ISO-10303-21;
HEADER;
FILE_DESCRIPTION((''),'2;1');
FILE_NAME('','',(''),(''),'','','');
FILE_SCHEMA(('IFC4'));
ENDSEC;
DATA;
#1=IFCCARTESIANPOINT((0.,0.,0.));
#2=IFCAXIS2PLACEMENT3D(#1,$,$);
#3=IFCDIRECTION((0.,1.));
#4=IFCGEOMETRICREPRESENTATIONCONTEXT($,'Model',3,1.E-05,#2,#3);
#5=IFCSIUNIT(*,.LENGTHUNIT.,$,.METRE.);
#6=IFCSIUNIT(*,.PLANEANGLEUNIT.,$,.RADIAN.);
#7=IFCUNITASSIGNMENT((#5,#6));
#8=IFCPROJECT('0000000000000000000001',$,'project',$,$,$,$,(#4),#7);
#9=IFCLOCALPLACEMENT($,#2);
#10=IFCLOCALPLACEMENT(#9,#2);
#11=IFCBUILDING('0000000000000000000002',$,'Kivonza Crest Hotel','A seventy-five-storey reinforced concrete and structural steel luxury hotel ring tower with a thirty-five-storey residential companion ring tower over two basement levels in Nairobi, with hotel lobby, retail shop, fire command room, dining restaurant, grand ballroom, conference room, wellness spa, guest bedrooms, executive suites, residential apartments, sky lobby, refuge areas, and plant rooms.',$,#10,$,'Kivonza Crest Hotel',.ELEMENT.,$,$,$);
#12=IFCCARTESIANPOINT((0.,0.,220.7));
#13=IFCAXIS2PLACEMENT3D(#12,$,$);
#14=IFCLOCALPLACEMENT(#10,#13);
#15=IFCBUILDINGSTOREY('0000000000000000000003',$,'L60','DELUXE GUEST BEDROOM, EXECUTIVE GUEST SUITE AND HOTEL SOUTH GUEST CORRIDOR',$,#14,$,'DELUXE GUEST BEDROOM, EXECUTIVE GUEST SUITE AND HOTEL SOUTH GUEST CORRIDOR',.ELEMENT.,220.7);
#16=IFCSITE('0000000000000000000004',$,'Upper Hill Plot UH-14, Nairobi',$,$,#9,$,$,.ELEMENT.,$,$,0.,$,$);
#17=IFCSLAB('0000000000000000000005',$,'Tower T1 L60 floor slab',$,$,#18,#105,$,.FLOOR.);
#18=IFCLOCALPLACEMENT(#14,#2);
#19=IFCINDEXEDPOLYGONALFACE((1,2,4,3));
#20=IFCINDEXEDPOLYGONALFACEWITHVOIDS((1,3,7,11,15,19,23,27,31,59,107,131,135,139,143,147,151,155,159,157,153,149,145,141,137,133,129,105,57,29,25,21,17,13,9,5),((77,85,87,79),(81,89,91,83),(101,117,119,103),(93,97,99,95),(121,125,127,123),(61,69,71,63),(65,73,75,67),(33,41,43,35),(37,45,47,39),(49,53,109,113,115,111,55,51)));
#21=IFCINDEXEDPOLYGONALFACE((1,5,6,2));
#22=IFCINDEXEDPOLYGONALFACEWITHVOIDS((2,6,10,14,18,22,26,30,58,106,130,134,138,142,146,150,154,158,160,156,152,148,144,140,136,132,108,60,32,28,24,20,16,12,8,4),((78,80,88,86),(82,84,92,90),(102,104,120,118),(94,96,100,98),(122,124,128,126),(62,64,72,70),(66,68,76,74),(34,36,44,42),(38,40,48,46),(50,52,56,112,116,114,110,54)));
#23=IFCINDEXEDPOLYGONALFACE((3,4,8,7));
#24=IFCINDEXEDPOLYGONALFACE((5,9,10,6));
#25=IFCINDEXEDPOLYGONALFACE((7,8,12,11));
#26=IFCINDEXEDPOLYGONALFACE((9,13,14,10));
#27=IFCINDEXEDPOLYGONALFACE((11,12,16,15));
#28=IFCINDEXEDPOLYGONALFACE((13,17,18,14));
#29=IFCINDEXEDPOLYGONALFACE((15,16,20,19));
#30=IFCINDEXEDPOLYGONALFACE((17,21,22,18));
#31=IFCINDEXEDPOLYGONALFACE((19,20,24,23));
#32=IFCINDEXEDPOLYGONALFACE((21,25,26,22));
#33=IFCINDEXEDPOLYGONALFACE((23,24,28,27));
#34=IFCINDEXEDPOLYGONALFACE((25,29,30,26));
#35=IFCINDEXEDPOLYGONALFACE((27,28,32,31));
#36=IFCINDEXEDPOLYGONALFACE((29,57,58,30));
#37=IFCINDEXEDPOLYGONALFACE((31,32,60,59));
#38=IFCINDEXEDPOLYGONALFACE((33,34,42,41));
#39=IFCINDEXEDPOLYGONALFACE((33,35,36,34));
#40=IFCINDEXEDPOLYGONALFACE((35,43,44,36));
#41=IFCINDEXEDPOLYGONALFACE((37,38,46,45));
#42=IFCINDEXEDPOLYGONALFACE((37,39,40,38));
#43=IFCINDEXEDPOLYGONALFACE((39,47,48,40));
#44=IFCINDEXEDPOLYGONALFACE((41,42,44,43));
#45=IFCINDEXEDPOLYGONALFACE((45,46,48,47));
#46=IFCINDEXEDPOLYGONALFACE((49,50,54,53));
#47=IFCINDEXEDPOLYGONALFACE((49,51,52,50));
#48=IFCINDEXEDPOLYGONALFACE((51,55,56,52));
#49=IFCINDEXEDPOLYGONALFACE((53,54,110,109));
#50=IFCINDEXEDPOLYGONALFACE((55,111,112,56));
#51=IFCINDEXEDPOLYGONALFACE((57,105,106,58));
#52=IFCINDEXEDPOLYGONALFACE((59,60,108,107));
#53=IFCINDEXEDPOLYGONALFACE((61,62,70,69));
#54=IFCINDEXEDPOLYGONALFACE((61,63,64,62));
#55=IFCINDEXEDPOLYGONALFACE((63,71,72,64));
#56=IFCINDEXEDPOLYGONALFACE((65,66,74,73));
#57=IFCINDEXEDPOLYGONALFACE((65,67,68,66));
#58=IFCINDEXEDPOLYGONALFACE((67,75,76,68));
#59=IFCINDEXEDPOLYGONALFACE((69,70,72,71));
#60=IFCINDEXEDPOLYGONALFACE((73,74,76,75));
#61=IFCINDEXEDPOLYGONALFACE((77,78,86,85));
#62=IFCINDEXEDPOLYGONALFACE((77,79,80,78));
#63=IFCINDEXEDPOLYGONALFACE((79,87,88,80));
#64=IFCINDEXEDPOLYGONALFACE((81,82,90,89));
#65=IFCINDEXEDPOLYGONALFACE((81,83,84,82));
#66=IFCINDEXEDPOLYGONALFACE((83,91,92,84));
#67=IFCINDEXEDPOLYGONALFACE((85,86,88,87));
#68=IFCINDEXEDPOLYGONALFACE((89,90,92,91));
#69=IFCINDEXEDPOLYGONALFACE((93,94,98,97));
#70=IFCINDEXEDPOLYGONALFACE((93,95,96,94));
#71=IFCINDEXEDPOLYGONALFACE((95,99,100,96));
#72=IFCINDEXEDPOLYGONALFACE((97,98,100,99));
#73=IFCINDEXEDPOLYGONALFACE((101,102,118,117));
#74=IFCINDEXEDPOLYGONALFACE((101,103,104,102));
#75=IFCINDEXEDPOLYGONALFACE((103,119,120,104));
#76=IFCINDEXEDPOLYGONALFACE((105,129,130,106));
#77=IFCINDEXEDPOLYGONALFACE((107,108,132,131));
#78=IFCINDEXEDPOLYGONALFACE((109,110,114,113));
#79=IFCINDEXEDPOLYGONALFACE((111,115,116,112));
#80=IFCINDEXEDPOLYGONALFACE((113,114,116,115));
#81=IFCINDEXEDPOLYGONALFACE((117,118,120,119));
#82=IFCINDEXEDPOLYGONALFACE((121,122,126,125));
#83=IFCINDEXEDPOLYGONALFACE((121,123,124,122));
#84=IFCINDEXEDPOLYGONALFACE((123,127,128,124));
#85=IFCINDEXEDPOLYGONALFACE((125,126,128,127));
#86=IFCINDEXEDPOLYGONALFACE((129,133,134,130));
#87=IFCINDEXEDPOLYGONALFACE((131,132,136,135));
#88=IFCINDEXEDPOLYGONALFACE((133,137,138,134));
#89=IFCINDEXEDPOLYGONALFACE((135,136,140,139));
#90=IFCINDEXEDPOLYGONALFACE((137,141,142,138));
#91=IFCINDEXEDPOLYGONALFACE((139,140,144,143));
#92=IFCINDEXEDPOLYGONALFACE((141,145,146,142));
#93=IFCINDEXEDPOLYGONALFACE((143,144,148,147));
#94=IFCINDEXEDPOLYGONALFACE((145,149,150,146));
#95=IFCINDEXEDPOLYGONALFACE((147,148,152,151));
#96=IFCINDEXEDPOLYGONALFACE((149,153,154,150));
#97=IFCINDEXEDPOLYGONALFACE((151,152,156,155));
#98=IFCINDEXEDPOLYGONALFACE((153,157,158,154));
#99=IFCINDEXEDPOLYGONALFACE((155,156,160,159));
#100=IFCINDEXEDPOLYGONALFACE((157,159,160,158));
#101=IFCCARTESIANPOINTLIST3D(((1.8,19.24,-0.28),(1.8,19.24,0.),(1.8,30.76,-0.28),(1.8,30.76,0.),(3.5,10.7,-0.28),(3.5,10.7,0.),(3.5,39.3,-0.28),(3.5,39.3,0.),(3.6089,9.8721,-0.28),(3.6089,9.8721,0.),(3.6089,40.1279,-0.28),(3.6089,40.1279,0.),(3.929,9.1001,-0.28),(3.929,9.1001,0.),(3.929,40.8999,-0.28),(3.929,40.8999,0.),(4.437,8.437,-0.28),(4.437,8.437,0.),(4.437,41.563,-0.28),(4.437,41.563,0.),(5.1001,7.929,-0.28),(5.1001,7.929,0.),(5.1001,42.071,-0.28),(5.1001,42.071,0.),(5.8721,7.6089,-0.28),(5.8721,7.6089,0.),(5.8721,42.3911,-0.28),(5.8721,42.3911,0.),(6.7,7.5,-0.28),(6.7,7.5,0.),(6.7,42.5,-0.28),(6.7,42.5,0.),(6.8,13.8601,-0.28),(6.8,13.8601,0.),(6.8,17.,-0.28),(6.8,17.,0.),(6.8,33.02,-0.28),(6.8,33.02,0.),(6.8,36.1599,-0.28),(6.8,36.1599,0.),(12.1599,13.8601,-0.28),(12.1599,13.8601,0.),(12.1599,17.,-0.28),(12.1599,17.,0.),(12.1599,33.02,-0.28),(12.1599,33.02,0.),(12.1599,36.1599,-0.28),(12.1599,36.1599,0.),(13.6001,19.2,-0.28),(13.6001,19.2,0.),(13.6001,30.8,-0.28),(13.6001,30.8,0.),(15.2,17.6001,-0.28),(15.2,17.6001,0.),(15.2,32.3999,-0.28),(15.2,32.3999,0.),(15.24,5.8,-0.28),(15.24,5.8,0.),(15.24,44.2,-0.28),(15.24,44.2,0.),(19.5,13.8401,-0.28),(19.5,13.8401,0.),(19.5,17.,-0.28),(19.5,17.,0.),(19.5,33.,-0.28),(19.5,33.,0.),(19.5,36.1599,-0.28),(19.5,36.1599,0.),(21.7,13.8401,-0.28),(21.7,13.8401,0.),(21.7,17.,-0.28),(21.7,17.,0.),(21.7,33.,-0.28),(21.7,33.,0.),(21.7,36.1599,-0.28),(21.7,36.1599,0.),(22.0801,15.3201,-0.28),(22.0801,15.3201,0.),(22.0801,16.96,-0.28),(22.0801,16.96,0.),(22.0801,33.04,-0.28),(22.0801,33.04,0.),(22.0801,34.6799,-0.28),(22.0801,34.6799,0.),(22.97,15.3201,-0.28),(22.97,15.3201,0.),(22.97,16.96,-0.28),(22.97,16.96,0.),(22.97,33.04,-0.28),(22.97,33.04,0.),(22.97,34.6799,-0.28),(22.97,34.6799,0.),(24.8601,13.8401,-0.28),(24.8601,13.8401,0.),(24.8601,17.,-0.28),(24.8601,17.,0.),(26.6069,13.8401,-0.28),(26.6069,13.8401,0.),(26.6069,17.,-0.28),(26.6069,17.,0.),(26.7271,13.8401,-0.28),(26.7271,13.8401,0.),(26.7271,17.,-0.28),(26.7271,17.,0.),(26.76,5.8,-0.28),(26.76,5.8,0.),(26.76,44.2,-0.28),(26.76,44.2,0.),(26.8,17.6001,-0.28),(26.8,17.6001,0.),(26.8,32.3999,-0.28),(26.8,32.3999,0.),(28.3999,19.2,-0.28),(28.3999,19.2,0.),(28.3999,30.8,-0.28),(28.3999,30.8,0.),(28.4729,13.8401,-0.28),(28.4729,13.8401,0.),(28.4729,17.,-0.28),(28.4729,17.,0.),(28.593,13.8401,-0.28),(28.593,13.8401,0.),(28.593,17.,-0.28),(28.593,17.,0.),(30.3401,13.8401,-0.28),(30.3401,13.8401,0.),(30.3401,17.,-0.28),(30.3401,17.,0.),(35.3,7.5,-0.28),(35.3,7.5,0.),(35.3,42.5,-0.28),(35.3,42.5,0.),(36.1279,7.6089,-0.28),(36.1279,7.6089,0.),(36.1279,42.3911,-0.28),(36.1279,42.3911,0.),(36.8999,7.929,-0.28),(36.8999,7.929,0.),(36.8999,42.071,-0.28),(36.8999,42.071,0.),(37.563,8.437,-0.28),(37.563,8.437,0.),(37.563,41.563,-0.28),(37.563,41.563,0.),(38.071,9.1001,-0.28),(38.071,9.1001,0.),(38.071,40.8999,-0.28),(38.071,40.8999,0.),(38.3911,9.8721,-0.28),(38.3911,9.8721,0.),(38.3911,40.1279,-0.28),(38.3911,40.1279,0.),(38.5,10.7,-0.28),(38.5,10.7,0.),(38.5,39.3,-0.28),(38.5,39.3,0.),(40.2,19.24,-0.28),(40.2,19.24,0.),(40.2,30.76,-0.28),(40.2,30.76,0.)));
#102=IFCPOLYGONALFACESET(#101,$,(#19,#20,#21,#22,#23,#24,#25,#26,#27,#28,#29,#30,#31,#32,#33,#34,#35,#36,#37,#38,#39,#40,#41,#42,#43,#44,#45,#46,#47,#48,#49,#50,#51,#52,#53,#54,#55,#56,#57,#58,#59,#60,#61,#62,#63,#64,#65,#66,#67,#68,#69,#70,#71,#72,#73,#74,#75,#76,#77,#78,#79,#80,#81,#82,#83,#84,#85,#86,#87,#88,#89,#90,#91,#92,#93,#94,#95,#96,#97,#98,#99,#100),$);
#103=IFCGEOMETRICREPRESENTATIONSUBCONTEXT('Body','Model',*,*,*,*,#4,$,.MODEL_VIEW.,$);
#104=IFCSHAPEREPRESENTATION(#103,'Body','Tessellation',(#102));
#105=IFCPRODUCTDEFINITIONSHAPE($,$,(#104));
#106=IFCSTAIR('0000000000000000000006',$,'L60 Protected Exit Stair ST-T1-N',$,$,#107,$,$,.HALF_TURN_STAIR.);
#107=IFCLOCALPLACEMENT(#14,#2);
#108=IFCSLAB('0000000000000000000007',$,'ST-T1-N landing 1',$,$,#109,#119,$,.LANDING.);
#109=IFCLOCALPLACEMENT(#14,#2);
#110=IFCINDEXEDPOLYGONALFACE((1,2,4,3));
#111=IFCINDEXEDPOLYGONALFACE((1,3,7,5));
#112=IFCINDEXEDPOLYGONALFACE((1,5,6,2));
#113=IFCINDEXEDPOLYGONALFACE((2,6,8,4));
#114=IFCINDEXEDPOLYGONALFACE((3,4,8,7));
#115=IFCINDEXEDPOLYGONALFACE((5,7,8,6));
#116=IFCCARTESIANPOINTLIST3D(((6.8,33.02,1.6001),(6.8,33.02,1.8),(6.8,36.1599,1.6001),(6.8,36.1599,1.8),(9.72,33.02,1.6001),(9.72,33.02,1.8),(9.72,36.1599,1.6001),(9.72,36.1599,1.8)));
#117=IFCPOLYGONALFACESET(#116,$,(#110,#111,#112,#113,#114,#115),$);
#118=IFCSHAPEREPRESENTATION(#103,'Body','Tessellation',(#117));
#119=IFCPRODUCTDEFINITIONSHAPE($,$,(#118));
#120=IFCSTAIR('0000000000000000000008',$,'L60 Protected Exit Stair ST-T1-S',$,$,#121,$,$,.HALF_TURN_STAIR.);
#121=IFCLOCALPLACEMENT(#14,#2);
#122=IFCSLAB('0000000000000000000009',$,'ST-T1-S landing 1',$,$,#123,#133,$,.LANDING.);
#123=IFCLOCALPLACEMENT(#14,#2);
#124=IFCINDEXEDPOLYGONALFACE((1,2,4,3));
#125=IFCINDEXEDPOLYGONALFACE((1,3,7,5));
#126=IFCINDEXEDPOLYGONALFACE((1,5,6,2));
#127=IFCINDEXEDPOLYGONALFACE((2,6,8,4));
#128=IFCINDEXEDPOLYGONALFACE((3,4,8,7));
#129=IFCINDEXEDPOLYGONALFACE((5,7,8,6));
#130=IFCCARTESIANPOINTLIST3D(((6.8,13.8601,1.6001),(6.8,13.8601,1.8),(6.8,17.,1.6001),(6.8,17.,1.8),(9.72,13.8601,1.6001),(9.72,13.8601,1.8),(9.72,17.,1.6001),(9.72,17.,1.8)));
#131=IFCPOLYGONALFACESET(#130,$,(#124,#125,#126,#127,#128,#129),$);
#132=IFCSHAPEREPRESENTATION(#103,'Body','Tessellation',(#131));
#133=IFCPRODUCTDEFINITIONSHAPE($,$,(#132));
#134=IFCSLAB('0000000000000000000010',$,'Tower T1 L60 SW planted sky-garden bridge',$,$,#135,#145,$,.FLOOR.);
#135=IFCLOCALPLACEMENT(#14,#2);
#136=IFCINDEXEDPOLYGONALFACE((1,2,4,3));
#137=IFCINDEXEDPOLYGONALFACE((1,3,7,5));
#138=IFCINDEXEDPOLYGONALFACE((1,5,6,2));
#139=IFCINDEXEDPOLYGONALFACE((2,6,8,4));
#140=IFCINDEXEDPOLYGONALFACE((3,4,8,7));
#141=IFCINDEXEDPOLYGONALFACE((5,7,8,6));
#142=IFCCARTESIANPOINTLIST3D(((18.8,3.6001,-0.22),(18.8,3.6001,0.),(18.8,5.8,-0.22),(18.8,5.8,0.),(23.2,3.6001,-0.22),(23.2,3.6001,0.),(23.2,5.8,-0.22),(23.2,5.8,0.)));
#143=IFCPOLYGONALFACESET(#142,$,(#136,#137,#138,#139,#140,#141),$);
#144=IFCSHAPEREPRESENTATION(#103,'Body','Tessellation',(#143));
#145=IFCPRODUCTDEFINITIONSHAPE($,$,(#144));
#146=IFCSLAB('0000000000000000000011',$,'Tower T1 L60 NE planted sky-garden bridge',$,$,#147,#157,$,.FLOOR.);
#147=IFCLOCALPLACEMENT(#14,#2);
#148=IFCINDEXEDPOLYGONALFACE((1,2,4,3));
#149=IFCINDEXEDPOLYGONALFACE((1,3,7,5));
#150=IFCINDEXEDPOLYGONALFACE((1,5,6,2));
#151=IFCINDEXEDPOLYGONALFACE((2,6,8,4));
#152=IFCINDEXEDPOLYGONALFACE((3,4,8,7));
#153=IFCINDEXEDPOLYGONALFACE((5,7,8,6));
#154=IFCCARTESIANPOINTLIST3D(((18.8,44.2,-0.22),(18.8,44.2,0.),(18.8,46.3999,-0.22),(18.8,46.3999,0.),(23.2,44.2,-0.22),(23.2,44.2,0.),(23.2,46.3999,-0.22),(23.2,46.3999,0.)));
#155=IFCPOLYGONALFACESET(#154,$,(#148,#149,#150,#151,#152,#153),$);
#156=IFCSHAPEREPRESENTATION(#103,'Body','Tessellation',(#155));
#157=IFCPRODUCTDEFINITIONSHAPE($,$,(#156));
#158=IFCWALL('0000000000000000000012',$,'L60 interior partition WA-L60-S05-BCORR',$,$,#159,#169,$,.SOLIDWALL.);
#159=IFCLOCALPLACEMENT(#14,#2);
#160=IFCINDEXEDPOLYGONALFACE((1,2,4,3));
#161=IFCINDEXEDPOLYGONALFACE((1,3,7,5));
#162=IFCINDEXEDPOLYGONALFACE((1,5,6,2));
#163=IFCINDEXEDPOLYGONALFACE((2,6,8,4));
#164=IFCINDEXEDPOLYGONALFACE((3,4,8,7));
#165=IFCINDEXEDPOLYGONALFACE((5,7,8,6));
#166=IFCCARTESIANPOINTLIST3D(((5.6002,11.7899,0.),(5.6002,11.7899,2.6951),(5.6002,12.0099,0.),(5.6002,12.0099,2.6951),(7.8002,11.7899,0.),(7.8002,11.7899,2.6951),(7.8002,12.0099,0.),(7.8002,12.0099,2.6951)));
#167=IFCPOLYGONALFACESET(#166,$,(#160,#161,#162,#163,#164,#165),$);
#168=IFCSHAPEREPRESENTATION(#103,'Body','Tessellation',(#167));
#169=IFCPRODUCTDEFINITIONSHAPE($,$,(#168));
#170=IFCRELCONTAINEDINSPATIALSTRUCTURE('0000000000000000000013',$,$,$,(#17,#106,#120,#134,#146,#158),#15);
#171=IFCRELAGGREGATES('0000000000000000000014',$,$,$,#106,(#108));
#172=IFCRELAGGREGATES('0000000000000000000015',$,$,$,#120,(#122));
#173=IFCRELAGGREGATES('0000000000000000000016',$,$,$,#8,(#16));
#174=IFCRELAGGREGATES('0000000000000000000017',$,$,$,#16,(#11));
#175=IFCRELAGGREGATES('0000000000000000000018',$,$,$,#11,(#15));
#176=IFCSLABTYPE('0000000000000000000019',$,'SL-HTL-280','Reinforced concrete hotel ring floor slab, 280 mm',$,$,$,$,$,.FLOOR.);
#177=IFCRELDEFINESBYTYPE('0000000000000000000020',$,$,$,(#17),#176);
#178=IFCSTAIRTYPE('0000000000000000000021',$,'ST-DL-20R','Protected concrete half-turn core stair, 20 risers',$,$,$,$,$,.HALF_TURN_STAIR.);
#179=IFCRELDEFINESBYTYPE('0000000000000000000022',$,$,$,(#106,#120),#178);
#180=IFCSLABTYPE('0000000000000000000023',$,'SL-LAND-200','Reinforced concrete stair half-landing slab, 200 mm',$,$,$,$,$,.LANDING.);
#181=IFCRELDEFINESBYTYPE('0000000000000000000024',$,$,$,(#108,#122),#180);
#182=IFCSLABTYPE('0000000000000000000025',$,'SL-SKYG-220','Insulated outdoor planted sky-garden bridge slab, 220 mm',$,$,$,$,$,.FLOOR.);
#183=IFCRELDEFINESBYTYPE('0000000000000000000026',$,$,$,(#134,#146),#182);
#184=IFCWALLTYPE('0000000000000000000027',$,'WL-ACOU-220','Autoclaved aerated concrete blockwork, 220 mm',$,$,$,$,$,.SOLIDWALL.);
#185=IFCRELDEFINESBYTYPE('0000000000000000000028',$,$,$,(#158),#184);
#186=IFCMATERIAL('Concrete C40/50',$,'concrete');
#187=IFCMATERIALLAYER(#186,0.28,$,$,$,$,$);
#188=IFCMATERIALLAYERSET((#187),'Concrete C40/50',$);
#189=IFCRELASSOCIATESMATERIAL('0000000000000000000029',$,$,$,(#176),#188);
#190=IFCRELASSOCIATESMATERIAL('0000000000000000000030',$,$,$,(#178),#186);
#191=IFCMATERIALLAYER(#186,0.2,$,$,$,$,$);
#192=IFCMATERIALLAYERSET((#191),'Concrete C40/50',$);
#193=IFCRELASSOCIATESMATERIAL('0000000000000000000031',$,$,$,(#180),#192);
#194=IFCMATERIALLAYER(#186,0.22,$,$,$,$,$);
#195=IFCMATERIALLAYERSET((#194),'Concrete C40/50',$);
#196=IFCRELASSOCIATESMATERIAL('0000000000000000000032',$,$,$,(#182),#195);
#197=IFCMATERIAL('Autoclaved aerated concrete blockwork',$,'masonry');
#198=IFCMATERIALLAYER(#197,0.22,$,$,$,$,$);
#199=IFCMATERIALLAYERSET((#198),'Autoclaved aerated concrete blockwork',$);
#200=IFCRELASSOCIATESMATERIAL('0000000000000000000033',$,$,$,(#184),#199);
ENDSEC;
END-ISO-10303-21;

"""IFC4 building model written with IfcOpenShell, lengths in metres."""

from ifc_helpers import new_model, si_unit, direction, frame, frame_2d, origin, place, context, subcontext, project, spatial, polyline, rectangle, outline, extrude, material, layer, layer_set, type_object, element, aggregate, save


model = new_model("IFC4")

# Units and contexts
model_context = context("Model", 3, precision=1e-05, world=origin(), true_north=direction((0.0, 1.0)))
body_context = subcontext(model_context, "Body", "Model", "MODEL_VIEW")
ifc_project = project(units=[si_unit("LENGTHUNIT", "METRE"), si_unit("PLANEANGLEUNIT", "RADIAN")], contexts=[model_context])

# Site, building, storey
site_placement = place(None, origin())
site = spatial("IfcSite", under=ifc_project, at=site_placement, Name="Upper Hill Plot UH-14, Nairobi", CompositionType="ELEMENT", RefElevation=0.0)
building_placement = place(site_placement, origin())
building = spatial("IfcBuilding", under=site, at=building_placement, Name="Kivonza Crest Hotel", Description="A seventy-five-storey reinforced concrete and structural steel luxury hotel ring tower with a thirty-five-storey residential companion ring tower over two basement levels in Nairobi, with hotel lobby, retail shop, fire command room, dining restaurant, grand ballroom, conference room, wellness spa, guest bedrooms, executive suites, residential apartments, sky lobby, refuge areas, and plant rooms.", LongName="Kivonza Crest Hotel", CompositionType="ELEMENT")
storey_placement = place(building_placement, frame((0.0, 0.0, 220.7)))
storey = spatial("IfcBuildingStorey", under=building, at=storey_placement, Name="L60", Description="DELUXE GUEST BEDROOM, EXECUTIVE GUEST SUITE AND HOTEL SOUTH GUEST CORRIDOR", LongName="DELUXE GUEST BEDROOM, EXECUTIVE GUEST SUITE AND HOTEL SOUTH GUEST CORRIDOR", CompositionType="ELEMENT", Elevation=220.7)

# Slab
ifc_material_1 = material(Name="Concrete C40/50", Category="concrete")
ifc_layer_1 = layer(ifc_material_1, 0.28)
ifc_layer_set_1 = layer_set([ifc_layer_1], Name="Concrete C40/50")
slab_type_1 = type_object("IfcSlabType", Name="SL-HTL-280", Description="Reinforced concrete hotel ring floor slab, 280 mm", PredefinedType="FLOOR", material=ifc_layer_set_1)
slab_1_placement = place(storey_placement, frame((0.0, 0.0, -0.28)))
element("IfcSlab", 1, at=slab_1_placement, inside=storey, type_object=slab_type_1, Name="Tower T1 L60 floor slab", PredefinedType="FLOOR", context=body_context, shape_type="SweptSolid", body=[
    extrude(outline(polyline([(3.5, 10.7), (3.6089, 9.8721), (3.929, 9.1001), (4.437, 8.437), (5.1001, 7.929), (5.8721, 7.6089), (6.7, 7.5), (15.24, 5.8), (26.76, 5.8), (35.3, 7.5), (36.1279, 7.6089), (36.8999, 7.929), (37.563, 8.437), (38.071, 9.1001), (38.3911, 9.8721), (38.5, 10.7), (40.2, 19.24), (40.2, 30.76), (38.5, 39.3), (38.3911, 40.1279), (38.071, 40.8999), (37.563, 41.563), (36.8999, 42.071), (36.1279, 42.3911), (35.3, 42.5), (26.76, 44.2), (15.24, 44.2), (6.7, 42.5), (5.8721, 42.3911), (5.1001, 42.071), (4.437, 41.563), (3.929, 40.8999), (3.6089, 40.1279), (3.5, 39.3), (1.8, 30.76), (1.8, 19.24), (3.5, 10.7)]), holes=[polyline([(15.2, 17.6001), (26.8, 17.6001), (28.3999, 19.2), (28.3999, 30.8), (26.8, 32.3999), (15.2, 32.3999), (13.6001, 30.8), (13.6001, 19.2), (15.2, 17.6001)]), polyline([(6.8, 33.02), (12.1599, 33.02), (12.1599, 36.1599), (6.8, 36.1599), (6.8, 33.02)]), polyline([(6.8, 13.8601), (12.1599, 13.8601), (12.1599, 17.0), (6.8, 17.0), (6.8, 13.8601)]), polyline([(22.0801, 33.04), (22.97, 33.04), (22.97, 34.6799), (22.0801, 34.6799), (22.0801, 33.04)]), polyline([(22.0801, 15.3201), (22.97, 15.3201), (22.97, 16.96), (22.0801, 16.96), (22.0801, 15.3201)]), polyline([(19.5, 33.0), (21.7, 33.0), (21.7, 36.1599), (19.5, 36.1599), (19.5, 33.0)]), polyline([(19.5, 13.8401), (21.7, 13.8401), (21.7, 17.0), (19.5, 17.0), (19.5, 13.8401)]), polyline([(24.8601, 13.8401), (26.6069, 13.8401), (26.6069, 17.0), (24.8601, 17.0), (24.8601, 13.8401)]), polyline([(26.7271, 13.8401), (28.4729, 13.8401), (28.4729, 17.0), (26.7271, 17.0), (26.7271, 13.8401)]), polyline([(28.593, 13.8401), (30.3401, 13.8401), (30.3401, 17.0), (28.593, 17.0), (28.593, 13.8401)])]), origin(), (0.0, 0.0, 1.0), 0.28),
])

# Stairs, slabs
stair_type = type_object("IfcStairType", Name="ST-DL-20R", Description="Protected concrete half-turn core stair, 20 risers", PredefinedType="HALF_TURN_STAIR", material=ifc_material_1)
stair_1_placement = place(storey_placement, origin())
stair_1 = element("IfcStair", 2, at=stair_1_placement, inside=storey, type_object=stair_type, Name="L60 Protected Exit Stair ST-T1-N", PredefinedType="HALF_TURN_STAIR")
ifc_layer_2 = layer(ifc_material_1, 0.2)
ifc_layer_set_2 = layer_set([ifc_layer_2], Name="Concrete C40/50")
slab_type_2 = type_object("IfcSlabType", Name="SL-LAND-200", Description="Reinforced concrete stair half-landing slab, 200 mm", PredefinedType="LANDING", material=ifc_layer_set_2)
slab_2_placement = place(storey_placement, frame((0.0, 0.0, 1.6001)))
slab_2 = element("IfcSlab", 3, at=slab_2_placement, type_object=slab_type_2, Name="ST-T1-N landing 1", PredefinedType="LANDING", context=body_context, shape_type="SweptSolid", body=[
    extrude(outline(polyline([(9.72, 36.1599), (6.8, 36.1599), (6.8, 33.02), (9.72, 33.02), (9.72, 36.1599)])), origin(), (0.0, 0.0, 1.0), 0.2),
])
aggregate(stair_1, [slab_2])
stair_2_placement = place(storey_placement, origin())
stair_2 = element("IfcStair", 4, at=stair_2_placement, inside=storey, type_object=stair_type, Name="L60 Protected Exit Stair ST-T1-S", PredefinedType="HALF_TURN_STAIR")
slab_3_placement = place(storey_placement, frame((0.0, 0.0, 1.6001)))
slab_3 = element("IfcSlab", 5, at=slab_3_placement, type_object=slab_type_2, Name="ST-T1-S landing 1", PredefinedType="LANDING", context=body_context, shape_type="SweptSolid", body=[
    extrude(outline(polyline([(9.72, 17.0), (6.8, 17.0), (6.8, 13.8601), (9.72, 13.8601), (9.72, 17.0)])), origin(), (0.0, 0.0, 1.0), 0.2),
])
aggregate(stair_2, [slab_3])

# Slabs
ifc_layer_3 = layer(ifc_material_1, 0.22)
ifc_layer_set_3 = layer_set([ifc_layer_3], Name="Concrete C40/50")
slab_type_3 = type_object("IfcSlabType", Name="SL-SKYG-220", Description="Insulated outdoor planted sky-garden bridge slab, 220 mm", PredefinedType="FLOOR", material=ifc_layer_set_3)
slab_4_placement = place(storey_placement, frame((0.0, 0.0, -0.22)))
element("IfcSlab", 6, at=slab_4_placement, inside=storey, type_object=slab_type_3, Name="Tower T1 L60 SW planted sky-garden bridge", PredefinedType="FLOOR", context=body_context, shape_type="SweptSolid", body=[
    extrude(outline(polyline([(18.8, 3.6001), (23.2, 3.6001), (23.2, 5.8), (18.8, 5.8), (18.8, 3.6001)])), origin(), (0.0, 0.0, 1.0), 0.22),
])
slab_5_placement = place(storey_placement, frame((0.0, 0.0, -0.22)))
element("IfcSlab", 7, at=slab_5_placement, inside=storey, type_object=slab_type_3, Name="Tower T1 L60 NE planted sky-garden bridge", PredefinedType="FLOOR", context=body_context, shape_type="SweptSolid", body=[
    extrude(outline(polyline([(18.8, 44.2), (23.2, 44.2), (23.2, 46.3999), (18.8, 46.3999), (18.8, 44.2)])), origin(), (0.0, 0.0, 1.0), 0.22),
])

# Wall
ifc_material_2 = material(Name="Autoclaved aerated concrete blockwork", Category="masonry")
ifc_layer_4 = layer(ifc_material_2, 0.22)
ifc_layer_set_4 = layer_set([ifc_layer_4], Name="Autoclaved aerated concrete blockwork")
wall_type_1 = type_object("IfcWallType", Name="WL-ACOU-220", Description="Autoclaved aerated concrete blockwork, 220 mm", PredefinedType="SOLIDWALL", material=ifc_layer_set_4)
wall_1_placement = place(storey_placement, frame((5.6001, 11.8999, 0.0), z_axis=(0.0, 0.0, 1.0), x_axis=(1.0, 0.0, 0.0)))
element("IfcWall", 8, at=wall_1_placement, inside=storey, type_object=wall_type_1, Name="L60 interior partition WA-L60-S05-BCORR", PredefinedType="SOLIDWALL", context=body_context, shape_type="SweptSolid", body=[
    extrude(rectangle(XDim=2.2, YDim=0.22, at=frame_2d((1.1001, 0.0))), origin(), (0.0, 0.0, 1.0), 2.6951),
])

save(model, "model.ifc")
